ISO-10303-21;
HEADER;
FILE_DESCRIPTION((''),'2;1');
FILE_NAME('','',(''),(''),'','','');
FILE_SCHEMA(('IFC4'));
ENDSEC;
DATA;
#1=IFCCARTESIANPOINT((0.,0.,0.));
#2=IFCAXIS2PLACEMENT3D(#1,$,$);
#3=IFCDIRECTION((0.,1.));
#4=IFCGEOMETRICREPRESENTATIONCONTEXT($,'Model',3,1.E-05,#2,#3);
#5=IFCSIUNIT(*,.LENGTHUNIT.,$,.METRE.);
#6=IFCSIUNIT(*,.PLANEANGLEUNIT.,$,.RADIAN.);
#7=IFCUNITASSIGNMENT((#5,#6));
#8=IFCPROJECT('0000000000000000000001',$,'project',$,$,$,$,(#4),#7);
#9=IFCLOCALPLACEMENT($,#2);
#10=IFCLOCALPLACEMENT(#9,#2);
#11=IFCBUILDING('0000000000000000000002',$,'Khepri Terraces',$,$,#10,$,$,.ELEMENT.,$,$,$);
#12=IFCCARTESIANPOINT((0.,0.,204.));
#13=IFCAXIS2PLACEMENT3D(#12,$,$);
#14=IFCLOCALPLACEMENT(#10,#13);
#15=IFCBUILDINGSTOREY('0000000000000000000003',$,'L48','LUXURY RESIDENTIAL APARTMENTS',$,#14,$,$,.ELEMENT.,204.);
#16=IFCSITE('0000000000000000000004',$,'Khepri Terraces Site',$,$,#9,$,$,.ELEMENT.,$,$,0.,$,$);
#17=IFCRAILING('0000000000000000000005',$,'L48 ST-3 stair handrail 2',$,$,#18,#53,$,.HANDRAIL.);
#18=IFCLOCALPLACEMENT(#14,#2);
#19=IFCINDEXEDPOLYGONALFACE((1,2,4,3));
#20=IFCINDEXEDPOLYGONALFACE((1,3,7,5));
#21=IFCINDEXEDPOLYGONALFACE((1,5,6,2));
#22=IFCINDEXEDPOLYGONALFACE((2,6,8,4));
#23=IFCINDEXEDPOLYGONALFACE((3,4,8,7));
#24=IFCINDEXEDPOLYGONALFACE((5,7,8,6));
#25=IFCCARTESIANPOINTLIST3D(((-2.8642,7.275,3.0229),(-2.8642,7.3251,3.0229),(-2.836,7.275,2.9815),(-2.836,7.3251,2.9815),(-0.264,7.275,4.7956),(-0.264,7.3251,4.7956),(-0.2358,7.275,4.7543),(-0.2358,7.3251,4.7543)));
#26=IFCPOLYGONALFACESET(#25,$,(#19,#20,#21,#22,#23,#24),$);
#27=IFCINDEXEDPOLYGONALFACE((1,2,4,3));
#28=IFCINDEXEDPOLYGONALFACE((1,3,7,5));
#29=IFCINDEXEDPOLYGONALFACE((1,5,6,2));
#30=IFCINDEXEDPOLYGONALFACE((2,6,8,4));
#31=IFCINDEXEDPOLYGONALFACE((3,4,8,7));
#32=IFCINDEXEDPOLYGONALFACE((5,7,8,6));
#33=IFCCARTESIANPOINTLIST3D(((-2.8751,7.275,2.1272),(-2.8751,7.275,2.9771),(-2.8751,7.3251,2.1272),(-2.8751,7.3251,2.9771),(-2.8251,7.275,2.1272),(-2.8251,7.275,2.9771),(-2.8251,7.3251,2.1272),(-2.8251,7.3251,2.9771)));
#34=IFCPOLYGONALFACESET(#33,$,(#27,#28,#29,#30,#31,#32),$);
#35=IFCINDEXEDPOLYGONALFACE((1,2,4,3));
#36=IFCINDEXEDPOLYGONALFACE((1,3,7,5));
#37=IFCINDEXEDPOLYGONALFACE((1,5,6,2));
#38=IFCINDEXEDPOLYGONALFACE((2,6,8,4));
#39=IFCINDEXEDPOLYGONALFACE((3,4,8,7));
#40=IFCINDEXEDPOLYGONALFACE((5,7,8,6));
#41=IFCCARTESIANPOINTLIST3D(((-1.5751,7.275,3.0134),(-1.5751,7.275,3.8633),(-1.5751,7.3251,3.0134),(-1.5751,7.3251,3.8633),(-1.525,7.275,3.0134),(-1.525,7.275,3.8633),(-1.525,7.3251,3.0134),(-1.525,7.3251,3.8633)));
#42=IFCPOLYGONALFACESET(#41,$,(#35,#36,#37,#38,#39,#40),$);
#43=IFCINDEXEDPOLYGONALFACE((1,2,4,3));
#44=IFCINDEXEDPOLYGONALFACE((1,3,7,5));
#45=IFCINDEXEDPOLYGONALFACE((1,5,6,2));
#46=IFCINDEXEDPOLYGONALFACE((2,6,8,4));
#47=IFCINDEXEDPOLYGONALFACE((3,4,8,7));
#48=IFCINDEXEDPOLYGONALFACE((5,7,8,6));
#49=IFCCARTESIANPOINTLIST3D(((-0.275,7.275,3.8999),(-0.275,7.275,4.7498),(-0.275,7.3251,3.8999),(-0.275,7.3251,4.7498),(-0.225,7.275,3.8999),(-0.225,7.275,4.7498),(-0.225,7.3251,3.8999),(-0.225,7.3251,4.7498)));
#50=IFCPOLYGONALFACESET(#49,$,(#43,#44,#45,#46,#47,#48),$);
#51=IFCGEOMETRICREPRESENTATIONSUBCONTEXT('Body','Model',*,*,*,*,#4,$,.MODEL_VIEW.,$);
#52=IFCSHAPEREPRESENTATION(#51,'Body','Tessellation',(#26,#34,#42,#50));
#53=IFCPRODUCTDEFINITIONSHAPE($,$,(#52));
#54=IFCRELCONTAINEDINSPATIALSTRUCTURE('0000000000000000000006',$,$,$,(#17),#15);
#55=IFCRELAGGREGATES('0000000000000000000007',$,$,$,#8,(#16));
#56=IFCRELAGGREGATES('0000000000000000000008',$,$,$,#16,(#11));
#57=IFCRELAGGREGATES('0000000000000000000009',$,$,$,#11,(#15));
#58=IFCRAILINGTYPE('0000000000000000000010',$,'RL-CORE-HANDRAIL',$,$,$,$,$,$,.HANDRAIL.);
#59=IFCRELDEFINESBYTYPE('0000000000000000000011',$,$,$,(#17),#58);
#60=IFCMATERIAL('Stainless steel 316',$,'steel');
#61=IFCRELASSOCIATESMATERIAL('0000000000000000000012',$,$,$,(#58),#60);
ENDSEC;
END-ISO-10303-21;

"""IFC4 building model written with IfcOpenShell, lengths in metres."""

from ifc_helpers import new_model, si_unit, direction, frame, origin, origin_2d, place, context, subcontext, project, spatial, rectangle, extrude, material, type_object, element, save


model = new_model("IFC4")

# Units and contexts
model_context = context("Model", 3, precision=1e-05, world=origin(), true_north=direction((0.0, 1.0)))
body_context = subcontext(model_context, "Body", "Model", "MODEL_VIEW")
ifc_project = project(units=[si_unit("LENGTHUNIT", "METRE"), si_unit("PLANEANGLEUNIT", "RADIAN")], contexts=[model_context])

# Site, building, storey
site_placement = place(None, origin())
site = spatial("IfcSite", under=ifc_project, at=site_placement, Name="Khepri Terraces Site", CompositionType="ELEMENT", RefElevation=0.0)
building_placement = place(site_placement, origin())
building = spatial("IfcBuilding", under=site, at=building_placement, Name="Khepri Terraces", CompositionType="ELEMENT")
storey_placement = place(building_placement, frame((0.0, 0.0, 204.0)))
storey = spatial("IfcBuildingStorey", under=building, at=storey_placement, Name="L48", Description="LUXURY RESIDENTIAL APARTMENTS", CompositionType="ELEMENT", Elevation=204.0)

# Railing
ifc_material_1 = material(Name="Stainless steel 316", Category="steel")
railing_type_1 = type_object("IfcRailingType", Name="RL-CORE-HANDRAIL", PredefinedType="HANDRAIL", material=ifc_material_1)
railing_1_placement = place(storey_placement, frame((-2.8501, 7.3, 2.1272)))
element("IfcRailing", 1, at=railing_1_placement, inside=storey, type_object=railing_type_1, Name="L48 ST-3 stair handrail 2", PredefinedType="HANDRAIL", context=body_context, shape_type="SweptSolid", body=[
    extrude(rectangle(XDim=0.05, YDim=0.05, at=origin_2d()), frame((0.0, 0.0, 0.875), z_axis=(0.82624, 0.0, 0.563318), x_axis=(0.0, 1.0, 0.0)), (0.0, 0.0, 1.0), 3.147),
    extrude(rectangle(XDim=0.05, YDim=0.05, at=origin_2d()), origin(), (0.0, 0.0, 1.0), 0.8499),
    extrude(rectangle(XDim=0.05, YDim=0.05, at=origin_2d()), frame((1.3, 0.0, 0.8862)), (0.0, 0.0, 1.0), 0.8499),
    extrude(rectangle(XDim=0.05, YDim=0.05, at=origin_2d()), frame((2.6001, 0.0, 1.7727)), (0.0, 0.0, 1.0), 0.8499),
])

save(model, "model.ifc")
